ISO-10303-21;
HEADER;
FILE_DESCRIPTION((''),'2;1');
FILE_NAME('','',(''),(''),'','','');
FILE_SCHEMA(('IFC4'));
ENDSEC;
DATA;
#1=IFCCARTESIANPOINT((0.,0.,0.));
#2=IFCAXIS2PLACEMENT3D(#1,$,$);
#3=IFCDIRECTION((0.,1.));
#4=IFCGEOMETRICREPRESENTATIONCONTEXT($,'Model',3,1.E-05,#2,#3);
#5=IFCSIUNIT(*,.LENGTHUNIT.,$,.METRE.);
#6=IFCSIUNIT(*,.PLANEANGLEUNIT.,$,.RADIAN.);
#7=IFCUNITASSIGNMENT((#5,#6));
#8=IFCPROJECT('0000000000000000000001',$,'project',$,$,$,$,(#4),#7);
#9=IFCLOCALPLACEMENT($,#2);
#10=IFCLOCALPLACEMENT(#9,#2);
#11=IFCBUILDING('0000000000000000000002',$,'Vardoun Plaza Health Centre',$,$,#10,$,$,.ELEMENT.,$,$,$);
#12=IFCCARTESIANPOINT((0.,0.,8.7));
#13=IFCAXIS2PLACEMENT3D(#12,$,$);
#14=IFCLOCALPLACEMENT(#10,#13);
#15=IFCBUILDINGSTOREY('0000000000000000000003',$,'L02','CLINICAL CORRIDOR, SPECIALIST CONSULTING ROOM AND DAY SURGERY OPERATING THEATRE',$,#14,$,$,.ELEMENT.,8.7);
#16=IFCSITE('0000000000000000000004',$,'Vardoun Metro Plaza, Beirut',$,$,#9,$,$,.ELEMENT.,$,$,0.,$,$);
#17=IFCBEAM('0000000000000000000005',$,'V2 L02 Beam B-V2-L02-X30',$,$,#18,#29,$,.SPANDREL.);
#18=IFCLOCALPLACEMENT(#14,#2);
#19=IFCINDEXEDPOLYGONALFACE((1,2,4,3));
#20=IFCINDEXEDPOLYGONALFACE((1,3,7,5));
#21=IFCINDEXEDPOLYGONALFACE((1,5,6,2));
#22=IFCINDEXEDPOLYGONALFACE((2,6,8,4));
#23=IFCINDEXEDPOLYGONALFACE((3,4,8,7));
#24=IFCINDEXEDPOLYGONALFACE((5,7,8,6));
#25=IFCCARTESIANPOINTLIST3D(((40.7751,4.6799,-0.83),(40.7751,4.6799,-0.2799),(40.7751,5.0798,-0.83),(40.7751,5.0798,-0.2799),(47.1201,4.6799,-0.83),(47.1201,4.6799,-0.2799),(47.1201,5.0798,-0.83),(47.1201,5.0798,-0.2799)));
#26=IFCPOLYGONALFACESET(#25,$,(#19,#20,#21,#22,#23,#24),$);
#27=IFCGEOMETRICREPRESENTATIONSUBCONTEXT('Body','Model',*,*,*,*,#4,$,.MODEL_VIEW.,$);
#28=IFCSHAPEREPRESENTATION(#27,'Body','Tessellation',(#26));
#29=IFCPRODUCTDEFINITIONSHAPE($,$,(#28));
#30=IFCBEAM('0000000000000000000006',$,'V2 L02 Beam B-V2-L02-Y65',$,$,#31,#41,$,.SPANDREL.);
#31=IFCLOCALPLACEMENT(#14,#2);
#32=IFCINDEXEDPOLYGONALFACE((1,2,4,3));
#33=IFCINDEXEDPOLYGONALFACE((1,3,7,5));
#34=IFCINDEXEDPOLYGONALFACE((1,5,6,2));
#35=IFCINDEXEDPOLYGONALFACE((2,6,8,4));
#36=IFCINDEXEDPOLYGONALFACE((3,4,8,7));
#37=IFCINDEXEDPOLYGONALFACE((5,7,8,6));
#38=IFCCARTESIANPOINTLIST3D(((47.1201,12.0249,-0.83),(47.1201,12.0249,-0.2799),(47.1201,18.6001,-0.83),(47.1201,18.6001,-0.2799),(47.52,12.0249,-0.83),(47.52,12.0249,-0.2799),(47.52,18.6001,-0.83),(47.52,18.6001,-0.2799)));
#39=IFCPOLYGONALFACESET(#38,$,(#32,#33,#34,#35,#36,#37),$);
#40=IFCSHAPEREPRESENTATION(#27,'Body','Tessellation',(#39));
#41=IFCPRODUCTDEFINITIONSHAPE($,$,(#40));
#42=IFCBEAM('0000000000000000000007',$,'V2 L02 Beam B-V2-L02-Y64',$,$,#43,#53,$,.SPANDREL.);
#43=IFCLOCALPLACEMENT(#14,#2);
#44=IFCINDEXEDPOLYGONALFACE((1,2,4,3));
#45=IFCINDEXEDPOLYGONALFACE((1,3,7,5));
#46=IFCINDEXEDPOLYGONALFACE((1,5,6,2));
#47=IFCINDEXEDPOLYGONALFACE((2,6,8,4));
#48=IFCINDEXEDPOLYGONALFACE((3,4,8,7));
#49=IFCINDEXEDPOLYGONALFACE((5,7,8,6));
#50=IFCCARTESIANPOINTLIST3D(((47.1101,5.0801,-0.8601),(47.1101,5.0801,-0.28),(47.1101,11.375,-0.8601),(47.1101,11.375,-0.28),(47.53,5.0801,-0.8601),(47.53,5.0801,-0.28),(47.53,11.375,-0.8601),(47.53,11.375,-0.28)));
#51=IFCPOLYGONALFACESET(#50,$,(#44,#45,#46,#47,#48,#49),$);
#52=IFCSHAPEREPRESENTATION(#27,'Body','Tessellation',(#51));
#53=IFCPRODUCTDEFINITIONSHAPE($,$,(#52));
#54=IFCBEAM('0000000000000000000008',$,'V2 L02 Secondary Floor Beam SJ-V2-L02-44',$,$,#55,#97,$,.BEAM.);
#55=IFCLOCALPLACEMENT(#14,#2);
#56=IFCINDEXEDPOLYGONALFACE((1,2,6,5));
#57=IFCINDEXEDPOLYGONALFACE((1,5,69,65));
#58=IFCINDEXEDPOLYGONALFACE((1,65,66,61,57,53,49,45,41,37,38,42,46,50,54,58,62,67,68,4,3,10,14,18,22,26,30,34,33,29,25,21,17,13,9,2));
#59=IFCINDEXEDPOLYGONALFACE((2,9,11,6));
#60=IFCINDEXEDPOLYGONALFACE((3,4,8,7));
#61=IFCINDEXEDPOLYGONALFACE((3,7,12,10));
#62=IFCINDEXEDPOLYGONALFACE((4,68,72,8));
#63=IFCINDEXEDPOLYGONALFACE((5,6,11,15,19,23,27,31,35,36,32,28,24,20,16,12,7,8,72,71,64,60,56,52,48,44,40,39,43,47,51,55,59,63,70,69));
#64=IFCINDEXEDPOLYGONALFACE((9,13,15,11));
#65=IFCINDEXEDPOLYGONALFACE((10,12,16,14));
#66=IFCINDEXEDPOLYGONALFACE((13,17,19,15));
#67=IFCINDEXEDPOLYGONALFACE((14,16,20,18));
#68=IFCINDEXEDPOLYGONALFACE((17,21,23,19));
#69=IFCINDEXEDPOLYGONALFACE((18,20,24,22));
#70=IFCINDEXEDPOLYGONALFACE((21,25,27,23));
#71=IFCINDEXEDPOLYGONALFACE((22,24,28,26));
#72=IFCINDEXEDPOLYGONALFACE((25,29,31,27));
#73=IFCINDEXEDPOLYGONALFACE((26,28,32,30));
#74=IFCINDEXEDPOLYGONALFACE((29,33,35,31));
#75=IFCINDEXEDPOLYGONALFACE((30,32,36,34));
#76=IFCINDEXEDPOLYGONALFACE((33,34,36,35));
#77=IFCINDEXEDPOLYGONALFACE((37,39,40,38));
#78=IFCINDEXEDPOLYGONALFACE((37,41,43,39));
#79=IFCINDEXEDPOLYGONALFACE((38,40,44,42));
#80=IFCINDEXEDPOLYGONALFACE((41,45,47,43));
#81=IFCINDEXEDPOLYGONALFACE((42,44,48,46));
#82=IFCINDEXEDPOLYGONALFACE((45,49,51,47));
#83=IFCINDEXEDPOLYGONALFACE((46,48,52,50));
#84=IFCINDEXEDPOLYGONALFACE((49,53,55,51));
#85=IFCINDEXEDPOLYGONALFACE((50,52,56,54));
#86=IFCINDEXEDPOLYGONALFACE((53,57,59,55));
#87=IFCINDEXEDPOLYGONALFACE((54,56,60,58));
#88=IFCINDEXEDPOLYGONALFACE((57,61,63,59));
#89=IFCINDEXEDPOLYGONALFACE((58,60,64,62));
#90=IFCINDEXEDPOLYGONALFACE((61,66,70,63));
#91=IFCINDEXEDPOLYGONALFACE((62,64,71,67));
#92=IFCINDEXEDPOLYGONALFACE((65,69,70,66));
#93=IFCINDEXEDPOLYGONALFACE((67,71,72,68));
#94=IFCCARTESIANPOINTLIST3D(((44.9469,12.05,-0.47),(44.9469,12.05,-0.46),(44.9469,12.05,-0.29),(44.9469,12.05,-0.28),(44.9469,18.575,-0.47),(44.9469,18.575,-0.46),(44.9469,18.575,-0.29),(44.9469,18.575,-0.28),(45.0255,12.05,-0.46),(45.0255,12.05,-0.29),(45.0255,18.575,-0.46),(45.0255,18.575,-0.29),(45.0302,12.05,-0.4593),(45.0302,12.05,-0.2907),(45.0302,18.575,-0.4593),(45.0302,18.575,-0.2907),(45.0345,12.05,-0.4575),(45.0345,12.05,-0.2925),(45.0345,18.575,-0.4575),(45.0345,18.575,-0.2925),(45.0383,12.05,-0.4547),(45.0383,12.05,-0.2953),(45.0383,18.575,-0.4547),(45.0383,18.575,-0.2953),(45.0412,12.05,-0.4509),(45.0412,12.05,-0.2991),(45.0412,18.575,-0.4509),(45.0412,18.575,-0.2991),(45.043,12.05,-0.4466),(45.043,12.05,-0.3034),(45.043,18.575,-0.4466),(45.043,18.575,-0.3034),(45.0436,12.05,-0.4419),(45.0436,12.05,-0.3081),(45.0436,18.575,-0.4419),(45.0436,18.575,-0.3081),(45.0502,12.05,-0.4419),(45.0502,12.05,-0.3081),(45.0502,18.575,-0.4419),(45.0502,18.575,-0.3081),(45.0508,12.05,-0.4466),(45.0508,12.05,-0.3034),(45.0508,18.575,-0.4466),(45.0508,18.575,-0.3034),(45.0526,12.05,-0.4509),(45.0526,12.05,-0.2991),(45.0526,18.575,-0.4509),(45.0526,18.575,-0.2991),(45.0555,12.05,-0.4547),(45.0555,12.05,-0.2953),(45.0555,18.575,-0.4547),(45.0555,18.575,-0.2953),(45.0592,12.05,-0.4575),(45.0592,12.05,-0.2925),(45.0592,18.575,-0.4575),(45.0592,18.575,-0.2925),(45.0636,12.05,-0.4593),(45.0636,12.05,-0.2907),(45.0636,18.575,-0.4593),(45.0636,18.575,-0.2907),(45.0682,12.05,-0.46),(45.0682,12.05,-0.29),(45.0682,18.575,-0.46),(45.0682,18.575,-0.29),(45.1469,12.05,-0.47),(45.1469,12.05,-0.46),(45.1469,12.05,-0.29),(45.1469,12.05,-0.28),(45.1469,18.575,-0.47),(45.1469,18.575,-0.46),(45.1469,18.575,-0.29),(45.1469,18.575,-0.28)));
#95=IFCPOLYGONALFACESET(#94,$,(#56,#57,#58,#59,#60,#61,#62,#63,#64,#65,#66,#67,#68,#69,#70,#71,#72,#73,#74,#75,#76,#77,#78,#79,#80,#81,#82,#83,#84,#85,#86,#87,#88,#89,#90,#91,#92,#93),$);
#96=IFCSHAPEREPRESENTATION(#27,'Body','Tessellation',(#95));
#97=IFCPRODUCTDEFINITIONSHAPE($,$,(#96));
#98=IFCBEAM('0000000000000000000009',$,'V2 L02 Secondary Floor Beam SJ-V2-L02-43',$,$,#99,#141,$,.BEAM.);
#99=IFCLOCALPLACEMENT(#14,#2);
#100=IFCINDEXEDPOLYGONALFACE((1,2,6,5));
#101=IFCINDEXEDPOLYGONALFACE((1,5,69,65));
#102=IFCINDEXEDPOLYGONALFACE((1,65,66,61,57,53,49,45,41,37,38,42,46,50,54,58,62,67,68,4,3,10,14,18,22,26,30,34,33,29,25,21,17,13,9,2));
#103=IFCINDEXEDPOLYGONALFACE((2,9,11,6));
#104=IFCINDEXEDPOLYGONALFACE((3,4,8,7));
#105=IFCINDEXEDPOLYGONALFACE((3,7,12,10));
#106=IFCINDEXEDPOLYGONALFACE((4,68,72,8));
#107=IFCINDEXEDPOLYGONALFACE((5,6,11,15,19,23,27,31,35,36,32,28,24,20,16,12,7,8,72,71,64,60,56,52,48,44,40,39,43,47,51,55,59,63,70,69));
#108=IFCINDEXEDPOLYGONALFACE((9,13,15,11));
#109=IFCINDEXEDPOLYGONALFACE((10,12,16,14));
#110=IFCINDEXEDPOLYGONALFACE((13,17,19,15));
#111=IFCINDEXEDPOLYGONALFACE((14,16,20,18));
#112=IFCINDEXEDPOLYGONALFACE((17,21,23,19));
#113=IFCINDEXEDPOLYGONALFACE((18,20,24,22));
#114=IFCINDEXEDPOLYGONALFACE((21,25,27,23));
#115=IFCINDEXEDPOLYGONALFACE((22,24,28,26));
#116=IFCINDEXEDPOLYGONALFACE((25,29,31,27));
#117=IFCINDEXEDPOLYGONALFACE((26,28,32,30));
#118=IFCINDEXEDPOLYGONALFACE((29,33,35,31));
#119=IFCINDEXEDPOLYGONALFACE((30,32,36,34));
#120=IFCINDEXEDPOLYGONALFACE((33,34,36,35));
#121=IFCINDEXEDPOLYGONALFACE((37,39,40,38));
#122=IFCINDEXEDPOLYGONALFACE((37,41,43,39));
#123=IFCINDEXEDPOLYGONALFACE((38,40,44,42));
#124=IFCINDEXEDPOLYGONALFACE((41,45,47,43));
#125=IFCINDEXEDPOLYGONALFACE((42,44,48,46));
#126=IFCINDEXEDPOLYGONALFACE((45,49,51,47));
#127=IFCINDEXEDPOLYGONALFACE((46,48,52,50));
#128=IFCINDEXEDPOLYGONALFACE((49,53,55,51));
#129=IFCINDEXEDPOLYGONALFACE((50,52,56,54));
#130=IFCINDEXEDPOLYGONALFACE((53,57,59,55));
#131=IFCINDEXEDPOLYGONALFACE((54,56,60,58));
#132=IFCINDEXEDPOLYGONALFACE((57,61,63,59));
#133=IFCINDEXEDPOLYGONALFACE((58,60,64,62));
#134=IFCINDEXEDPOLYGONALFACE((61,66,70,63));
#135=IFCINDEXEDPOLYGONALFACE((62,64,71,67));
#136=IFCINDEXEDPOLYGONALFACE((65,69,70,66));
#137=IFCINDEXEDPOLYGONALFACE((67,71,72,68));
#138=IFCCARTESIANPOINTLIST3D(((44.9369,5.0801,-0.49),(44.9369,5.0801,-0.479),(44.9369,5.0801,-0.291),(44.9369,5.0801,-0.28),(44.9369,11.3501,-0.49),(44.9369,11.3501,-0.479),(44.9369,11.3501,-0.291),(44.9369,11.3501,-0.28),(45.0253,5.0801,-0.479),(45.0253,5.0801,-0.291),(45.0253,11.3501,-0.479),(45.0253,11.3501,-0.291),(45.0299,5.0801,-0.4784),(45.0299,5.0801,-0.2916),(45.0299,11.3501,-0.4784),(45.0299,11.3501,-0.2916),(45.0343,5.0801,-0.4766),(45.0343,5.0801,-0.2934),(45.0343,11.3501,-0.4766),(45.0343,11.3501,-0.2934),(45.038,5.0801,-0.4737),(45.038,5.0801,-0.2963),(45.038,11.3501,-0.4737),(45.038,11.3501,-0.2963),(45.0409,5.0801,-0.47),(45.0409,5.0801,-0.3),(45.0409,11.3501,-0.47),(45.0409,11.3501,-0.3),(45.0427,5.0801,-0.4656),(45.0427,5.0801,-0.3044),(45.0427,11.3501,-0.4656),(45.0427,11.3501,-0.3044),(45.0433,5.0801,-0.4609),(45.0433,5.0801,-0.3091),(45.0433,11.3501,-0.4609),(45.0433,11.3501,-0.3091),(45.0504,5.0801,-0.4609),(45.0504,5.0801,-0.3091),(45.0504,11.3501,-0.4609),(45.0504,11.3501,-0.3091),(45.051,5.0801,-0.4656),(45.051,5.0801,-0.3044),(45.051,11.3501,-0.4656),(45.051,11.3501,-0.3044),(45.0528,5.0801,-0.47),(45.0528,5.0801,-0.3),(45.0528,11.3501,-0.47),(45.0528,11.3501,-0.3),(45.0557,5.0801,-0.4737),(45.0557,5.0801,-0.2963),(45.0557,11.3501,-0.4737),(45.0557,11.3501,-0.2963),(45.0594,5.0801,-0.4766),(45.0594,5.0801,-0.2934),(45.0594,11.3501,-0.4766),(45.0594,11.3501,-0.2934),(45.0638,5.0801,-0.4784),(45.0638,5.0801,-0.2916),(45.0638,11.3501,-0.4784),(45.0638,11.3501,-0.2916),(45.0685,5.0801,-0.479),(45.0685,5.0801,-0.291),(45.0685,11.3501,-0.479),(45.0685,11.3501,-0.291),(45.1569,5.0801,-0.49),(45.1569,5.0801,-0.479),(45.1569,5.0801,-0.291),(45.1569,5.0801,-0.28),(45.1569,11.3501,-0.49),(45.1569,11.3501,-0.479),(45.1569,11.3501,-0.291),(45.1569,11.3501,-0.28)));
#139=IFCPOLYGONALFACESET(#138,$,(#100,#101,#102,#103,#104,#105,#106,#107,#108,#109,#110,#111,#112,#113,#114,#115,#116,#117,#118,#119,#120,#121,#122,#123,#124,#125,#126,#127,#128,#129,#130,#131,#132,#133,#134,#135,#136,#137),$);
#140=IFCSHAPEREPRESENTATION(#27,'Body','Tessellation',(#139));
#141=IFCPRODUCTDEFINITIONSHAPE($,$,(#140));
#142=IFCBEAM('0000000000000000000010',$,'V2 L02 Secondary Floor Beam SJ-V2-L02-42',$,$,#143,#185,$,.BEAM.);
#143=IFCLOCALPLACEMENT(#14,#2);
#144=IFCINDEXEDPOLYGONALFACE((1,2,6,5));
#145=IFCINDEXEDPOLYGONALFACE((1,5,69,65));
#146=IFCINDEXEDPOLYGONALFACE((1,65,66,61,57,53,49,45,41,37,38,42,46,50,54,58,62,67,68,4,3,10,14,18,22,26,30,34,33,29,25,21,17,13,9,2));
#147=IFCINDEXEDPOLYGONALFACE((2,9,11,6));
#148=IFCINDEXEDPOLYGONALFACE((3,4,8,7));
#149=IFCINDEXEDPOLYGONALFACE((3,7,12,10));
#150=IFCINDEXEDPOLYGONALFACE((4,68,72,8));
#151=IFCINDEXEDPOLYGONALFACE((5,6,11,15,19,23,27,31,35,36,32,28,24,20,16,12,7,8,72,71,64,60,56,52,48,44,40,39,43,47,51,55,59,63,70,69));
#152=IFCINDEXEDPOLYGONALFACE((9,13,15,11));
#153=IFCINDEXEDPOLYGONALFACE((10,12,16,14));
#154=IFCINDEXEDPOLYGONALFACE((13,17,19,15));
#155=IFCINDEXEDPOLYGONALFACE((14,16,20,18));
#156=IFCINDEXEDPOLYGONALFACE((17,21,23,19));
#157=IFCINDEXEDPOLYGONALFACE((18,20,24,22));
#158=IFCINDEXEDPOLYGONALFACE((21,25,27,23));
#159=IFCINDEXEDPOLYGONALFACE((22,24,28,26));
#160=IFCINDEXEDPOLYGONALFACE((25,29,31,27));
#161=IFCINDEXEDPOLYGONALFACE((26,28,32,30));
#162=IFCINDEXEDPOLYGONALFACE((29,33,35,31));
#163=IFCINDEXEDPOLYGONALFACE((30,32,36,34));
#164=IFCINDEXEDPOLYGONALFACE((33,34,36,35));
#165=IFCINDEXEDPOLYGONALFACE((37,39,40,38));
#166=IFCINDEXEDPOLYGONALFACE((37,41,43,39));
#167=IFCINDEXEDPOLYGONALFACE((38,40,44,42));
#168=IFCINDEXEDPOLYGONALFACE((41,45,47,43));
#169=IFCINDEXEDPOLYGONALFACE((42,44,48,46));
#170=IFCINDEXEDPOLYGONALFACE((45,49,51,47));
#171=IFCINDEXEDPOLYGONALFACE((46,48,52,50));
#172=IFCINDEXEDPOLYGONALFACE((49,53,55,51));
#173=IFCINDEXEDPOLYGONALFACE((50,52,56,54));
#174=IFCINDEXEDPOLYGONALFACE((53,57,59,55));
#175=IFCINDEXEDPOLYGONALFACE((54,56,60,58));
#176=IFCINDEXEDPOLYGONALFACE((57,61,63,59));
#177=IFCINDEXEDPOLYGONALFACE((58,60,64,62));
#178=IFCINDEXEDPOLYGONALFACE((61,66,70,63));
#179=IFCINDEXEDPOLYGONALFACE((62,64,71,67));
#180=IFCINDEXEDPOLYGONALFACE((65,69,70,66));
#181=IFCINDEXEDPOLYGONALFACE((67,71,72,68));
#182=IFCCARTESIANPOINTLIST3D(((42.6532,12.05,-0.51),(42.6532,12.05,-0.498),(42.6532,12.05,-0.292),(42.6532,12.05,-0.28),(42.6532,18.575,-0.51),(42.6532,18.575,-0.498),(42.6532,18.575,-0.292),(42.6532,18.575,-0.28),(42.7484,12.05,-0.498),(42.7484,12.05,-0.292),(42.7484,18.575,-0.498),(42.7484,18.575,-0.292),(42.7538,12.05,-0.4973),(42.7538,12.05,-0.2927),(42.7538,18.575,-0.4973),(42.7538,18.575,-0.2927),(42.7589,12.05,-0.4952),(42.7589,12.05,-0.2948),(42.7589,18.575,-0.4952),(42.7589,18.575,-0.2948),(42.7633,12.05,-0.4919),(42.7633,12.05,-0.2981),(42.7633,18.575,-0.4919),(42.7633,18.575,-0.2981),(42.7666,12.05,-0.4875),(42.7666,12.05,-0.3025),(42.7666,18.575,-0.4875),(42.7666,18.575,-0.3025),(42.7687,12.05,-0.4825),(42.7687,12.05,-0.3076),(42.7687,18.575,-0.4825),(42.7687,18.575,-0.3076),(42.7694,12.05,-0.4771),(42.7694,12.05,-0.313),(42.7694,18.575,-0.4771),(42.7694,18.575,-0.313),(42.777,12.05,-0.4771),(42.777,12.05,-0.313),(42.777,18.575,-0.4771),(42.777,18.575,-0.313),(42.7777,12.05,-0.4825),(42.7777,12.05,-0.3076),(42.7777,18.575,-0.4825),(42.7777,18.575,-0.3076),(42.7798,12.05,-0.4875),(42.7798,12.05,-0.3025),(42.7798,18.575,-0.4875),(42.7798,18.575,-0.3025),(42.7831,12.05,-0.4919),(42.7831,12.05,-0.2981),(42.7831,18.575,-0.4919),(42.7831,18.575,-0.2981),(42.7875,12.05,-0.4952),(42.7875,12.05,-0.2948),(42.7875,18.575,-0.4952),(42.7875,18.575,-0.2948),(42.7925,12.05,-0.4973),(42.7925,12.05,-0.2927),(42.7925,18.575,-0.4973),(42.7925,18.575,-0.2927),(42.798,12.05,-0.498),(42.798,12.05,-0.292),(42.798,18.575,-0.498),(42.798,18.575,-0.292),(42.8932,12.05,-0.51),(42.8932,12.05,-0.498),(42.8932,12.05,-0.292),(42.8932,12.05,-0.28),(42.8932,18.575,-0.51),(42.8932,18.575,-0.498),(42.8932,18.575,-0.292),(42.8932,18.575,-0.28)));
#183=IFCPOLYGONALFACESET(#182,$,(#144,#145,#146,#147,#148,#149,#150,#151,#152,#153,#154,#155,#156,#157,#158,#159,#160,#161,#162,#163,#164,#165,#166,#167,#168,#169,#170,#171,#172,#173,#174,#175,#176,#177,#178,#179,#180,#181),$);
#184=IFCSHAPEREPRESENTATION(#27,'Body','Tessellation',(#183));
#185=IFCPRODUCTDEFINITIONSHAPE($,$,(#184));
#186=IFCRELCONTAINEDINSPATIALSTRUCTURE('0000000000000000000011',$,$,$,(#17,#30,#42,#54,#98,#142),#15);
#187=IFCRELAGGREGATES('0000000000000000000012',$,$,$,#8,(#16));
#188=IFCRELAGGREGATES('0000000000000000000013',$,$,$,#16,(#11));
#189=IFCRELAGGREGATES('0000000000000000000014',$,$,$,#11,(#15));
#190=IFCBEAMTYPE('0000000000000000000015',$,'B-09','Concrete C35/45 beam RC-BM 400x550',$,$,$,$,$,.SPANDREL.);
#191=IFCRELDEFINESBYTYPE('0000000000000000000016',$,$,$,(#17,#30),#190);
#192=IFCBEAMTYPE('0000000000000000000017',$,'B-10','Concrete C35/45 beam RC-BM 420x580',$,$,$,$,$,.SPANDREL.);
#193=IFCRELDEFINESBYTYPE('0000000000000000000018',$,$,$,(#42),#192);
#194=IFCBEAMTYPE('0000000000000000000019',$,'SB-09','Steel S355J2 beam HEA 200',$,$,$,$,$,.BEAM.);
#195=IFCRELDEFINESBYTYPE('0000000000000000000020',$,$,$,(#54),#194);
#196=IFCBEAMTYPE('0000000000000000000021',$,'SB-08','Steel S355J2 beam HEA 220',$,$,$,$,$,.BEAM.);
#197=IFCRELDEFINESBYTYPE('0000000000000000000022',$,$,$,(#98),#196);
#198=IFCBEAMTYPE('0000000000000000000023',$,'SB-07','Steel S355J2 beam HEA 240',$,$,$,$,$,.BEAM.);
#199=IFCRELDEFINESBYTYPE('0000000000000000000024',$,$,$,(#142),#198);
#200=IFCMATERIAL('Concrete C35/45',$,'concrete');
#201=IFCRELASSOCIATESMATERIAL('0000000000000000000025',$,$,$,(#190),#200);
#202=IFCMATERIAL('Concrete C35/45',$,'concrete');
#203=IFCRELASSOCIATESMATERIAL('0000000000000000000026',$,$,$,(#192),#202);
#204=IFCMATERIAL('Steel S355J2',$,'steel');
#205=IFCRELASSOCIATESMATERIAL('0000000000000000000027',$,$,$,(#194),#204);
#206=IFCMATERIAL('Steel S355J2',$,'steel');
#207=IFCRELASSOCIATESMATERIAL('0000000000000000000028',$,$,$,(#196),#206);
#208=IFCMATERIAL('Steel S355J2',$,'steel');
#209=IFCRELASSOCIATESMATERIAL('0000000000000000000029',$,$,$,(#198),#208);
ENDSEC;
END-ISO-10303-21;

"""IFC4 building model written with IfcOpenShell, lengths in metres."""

from ifc_helpers import new_model, si_unit, direction, frame, origin, origin_2d, place, context, subcontext, project, spatial, rectangle, i_section, extrude, material, material_profile, profile_set, type_object, element, save


model = new_model("IFC4")

# Units and contexts
model_context = context("Model", 3, precision=1e-05, world=origin(), true_north=direction((0.0, 1.0)))
body_context = subcontext(model_context, "Body", "Model", "MODEL_VIEW")
ifc_project = project(units=[si_unit("LENGTHUNIT", "METRE"), si_unit("PLANEANGLEUNIT", "RADIAN")], contexts=[model_context])

# Site, building, storey
site_placement = place(None, origin())
site = spatial("IfcSite", under=ifc_project, at=site_placement, Name="Vardoun Metro Plaza, Beirut", CompositionType="ELEMENT", RefElevation=0.0)
building_placement = place(site_placement, origin())
building = spatial("IfcBuilding", under=site, at=building_placement, Name="Vardoun Plaza Health Centre", CompositionType="ELEMENT")
storey_placement = place(building_placement, frame((0.0, 0.0, 8.7)))
storey = spatial("IfcBuildingStorey", under=building, at=storey_placement, Name="L02", Description="CLINICAL CORRIDOR, SPECIALIST CONSULTING ROOM AND DAY SURGERY OPERATING THEATRE", CompositionType="ELEMENT", Elevation=8.7)

# Beams
ifc_material_1 = material(Name="Concrete C35/45", Category="concrete")
ifc_material_profile_1 = material_profile(ifc_material_1, rectangle(XDim=0.3999, YDim=0.55, at=origin_2d()), Name="RC-BM 400x550")
ifc_profile_set_1 = profile_set([ifc_material_profile_1], Name="Concrete C35/45")
beam_type_1 = type_object("IfcBeamType", Name="B-09", Description="Concrete C35/45 beam RC-BM 400x550", PredefinedType="SPANDREL", material=ifc_profile_set_1)
beam_1_placement = place(storey_placement, frame((40.7751, 4.8799, -0.5549), z_axis=(1.0, 0.0, 0.0), x_axis=(0.0, 1.0, 0.0)))
element("IfcBeam", 1, at=beam_1_placement, inside=storey, type_object=beam_type_1, Name="V2 L02 Beam B-V2-L02-X30", PredefinedType="SPANDREL", context=body_context, shape_type="SweptSolid", body=[
    extrude(rectangle(XDim=0.3999, YDim=0.55, at=origin_2d()), origin(), (0.0, 0.0, 1.0), 6.345),
])
beam_2_placement = place(storey_placement, frame((47.3201, 12.0249, -0.5549), z_axis=(0.0, 1.0, 0.0), x_axis=(-1.0, 0.0, 0.0)))
element("IfcBeam", 2, at=beam_2_placement, inside=storey, type_object=beam_type_1, Name="V2 L02 Beam B-V2-L02-Y65", PredefinedType="SPANDREL", context=body_context, shape_type="SweptSolid", body=[
    extrude(rectangle(XDim=0.3999, YDim=0.55, at=origin_2d()), origin(), (0.0, 0.0, 1.0), 6.5752),
])
ifc_material_2 = material(Name="Concrete C35/45", Category="concrete")
ifc_material_profile_2 = material_profile(ifc_material_2, rectangle(XDim=0.4199, YDim=0.5801, at=origin_2d()), Name="RC-BM 420x580")
ifc_profile_set_2 = profile_set([ifc_material_profile_2], Name="Concrete C35/45")
beam_type_2 = type_object("IfcBeamType", Name="B-10", Description="Concrete C35/45 beam RC-BM 420x580", PredefinedType="SPANDREL", material=ifc_profile_set_2)
beam_3_placement = place(storey_placement, frame((47.3201, 5.0801, -0.5701), z_axis=(0.0, 1.0, 0.0), x_axis=(-1.0, 0.0, 0.0)))
element("IfcBeam", 3, at=beam_3_placement, inside=storey, type_object=beam_type_2, Name="V2 L02 Beam B-V2-L02-Y64", PredefinedType="SPANDREL", context=body_context, shape_type="SweptSolid", body=[
    extrude(rectangle(XDim=0.4199, YDim=0.5801, at=origin_2d()), origin(), (0.0, 0.0, 1.0), 6.2949),
])
ifc_material_3 = material(Name="Steel S355J2", Category="steel")
ifc_material_profile_3 = material_profile(ifc_material_3, i_section(OverallWidth=0.2, OverallDepth=0.1899, WebThickness=0.0066, FlangeThickness=0.01, FilletRadius=0.0181, at=origin_2d()), Name="HEA 200")
ifc_profile_set_3 = profile_set([ifc_material_profile_3], Name="Steel S355J2")
beam_type_3 = type_object("IfcBeamType", Name="SB-09", Description="Steel S355J2 beam HEA 200", PredefinedType="BEAM", material=ifc_profile_set_3)
beam_4_placement = place(storey_placement, frame((45.0469, 12.05, -0.375), z_axis=(0.0, 1.0, 0.0), x_axis=(-1.0, 0.0, 0.0)))
element("IfcBeam", 4, at=beam_4_placement, inside=storey, type_object=beam_type_3, Name="V2 L02 Secondary Floor Beam SJ-V2-L02-44", PredefinedType="BEAM", context=body_context, shape_type="SweptSolid", body=[
    extrude(i_section(OverallWidth=0.2, OverallDepth=0.1899, WebThickness=0.0066, FlangeThickness=0.01, FilletRadius=0.0181, at=origin_2d()), origin(), (0.0, 0.0, 1.0), 6.5249),
])
ifc_material_4 = material(Name="Steel S355J2", Category="steel")
ifc_material_profile_4 = material_profile(ifc_material_4, i_section(OverallWidth=0.22, OverallDepth=0.21, WebThickness=0.0071, FlangeThickness=0.011, FilletRadius=0.0181, at=origin_2d()), Name="HEA 220")
ifc_profile_set_4 = profile_set([ifc_material_profile_4], Name="Steel S355J2")
beam_type_4 = type_object("IfcBeamType", Name="SB-08", Description="Steel S355J2 beam HEA 220", PredefinedType="BEAM", material=ifc_profile_set_4)
beam_5_placement = place(storey_placement, frame((45.0469, 5.0801, -0.385), z_axis=(0.0, 1.0, 0.0), x_axis=(-1.0, 0.0, 0.0)))
element("IfcBeam", 5, at=beam_5_placement, inside=storey, type_object=beam_type_4, Name="V2 L02 Secondary Floor Beam SJ-V2-L02-43", PredefinedType="BEAM", context=body_context, shape_type="SweptSolid", body=[
    extrude(i_section(OverallWidth=0.22, OverallDepth=0.21, WebThickness=0.0071, FlangeThickness=0.011, FilletRadius=0.0181, at=origin_2d()), origin(), (0.0, 0.0, 1.0), 6.27),
])
ifc_material_5 = material(Name="Steel S355J2", Category="steel")
ifc_material_profile_5 = material_profile(ifc_material_5, i_section(OverallWidth=0.24, OverallDepth=0.23, WebThickness=0.0076, FlangeThickness=0.012, FilletRadius=0.021, at=origin_2d()), Name="HEA 240")
ifc_profile_set_5 = profile_set([ifc_material_profile_5], Name="Steel S355J2")
beam_type_5 = type_object("IfcBeamType", Name="SB-07", Description="Steel S355J2 beam HEA 240", PredefinedType="BEAM", material=ifc_profile_set_5)
beam_6_placement = place(storey_placement, frame((42.7732, 12.05, -0.395), z_axis=(0.0, 1.0, 0.0), x_axis=(-1.0, 0.0, 0.0)))
element("IfcBeam", 6, at=beam_6_placement, inside=storey, type_object=beam_type_5, Name="V2 L02 Secondary Floor Beam SJ-V2-L02-42", PredefinedType="BEAM", context=body_context, shape_type="SweptSolid", body=[
    extrude(i_section(OverallWidth=0.24, OverallDepth=0.23, WebThickness=0.0076, FlangeThickness=0.012, FilletRadius=0.021, at=origin_2d()), origin(), (0.0, 0.0, 1.0), 6.5249),
])

save(model, "model.ifc")
